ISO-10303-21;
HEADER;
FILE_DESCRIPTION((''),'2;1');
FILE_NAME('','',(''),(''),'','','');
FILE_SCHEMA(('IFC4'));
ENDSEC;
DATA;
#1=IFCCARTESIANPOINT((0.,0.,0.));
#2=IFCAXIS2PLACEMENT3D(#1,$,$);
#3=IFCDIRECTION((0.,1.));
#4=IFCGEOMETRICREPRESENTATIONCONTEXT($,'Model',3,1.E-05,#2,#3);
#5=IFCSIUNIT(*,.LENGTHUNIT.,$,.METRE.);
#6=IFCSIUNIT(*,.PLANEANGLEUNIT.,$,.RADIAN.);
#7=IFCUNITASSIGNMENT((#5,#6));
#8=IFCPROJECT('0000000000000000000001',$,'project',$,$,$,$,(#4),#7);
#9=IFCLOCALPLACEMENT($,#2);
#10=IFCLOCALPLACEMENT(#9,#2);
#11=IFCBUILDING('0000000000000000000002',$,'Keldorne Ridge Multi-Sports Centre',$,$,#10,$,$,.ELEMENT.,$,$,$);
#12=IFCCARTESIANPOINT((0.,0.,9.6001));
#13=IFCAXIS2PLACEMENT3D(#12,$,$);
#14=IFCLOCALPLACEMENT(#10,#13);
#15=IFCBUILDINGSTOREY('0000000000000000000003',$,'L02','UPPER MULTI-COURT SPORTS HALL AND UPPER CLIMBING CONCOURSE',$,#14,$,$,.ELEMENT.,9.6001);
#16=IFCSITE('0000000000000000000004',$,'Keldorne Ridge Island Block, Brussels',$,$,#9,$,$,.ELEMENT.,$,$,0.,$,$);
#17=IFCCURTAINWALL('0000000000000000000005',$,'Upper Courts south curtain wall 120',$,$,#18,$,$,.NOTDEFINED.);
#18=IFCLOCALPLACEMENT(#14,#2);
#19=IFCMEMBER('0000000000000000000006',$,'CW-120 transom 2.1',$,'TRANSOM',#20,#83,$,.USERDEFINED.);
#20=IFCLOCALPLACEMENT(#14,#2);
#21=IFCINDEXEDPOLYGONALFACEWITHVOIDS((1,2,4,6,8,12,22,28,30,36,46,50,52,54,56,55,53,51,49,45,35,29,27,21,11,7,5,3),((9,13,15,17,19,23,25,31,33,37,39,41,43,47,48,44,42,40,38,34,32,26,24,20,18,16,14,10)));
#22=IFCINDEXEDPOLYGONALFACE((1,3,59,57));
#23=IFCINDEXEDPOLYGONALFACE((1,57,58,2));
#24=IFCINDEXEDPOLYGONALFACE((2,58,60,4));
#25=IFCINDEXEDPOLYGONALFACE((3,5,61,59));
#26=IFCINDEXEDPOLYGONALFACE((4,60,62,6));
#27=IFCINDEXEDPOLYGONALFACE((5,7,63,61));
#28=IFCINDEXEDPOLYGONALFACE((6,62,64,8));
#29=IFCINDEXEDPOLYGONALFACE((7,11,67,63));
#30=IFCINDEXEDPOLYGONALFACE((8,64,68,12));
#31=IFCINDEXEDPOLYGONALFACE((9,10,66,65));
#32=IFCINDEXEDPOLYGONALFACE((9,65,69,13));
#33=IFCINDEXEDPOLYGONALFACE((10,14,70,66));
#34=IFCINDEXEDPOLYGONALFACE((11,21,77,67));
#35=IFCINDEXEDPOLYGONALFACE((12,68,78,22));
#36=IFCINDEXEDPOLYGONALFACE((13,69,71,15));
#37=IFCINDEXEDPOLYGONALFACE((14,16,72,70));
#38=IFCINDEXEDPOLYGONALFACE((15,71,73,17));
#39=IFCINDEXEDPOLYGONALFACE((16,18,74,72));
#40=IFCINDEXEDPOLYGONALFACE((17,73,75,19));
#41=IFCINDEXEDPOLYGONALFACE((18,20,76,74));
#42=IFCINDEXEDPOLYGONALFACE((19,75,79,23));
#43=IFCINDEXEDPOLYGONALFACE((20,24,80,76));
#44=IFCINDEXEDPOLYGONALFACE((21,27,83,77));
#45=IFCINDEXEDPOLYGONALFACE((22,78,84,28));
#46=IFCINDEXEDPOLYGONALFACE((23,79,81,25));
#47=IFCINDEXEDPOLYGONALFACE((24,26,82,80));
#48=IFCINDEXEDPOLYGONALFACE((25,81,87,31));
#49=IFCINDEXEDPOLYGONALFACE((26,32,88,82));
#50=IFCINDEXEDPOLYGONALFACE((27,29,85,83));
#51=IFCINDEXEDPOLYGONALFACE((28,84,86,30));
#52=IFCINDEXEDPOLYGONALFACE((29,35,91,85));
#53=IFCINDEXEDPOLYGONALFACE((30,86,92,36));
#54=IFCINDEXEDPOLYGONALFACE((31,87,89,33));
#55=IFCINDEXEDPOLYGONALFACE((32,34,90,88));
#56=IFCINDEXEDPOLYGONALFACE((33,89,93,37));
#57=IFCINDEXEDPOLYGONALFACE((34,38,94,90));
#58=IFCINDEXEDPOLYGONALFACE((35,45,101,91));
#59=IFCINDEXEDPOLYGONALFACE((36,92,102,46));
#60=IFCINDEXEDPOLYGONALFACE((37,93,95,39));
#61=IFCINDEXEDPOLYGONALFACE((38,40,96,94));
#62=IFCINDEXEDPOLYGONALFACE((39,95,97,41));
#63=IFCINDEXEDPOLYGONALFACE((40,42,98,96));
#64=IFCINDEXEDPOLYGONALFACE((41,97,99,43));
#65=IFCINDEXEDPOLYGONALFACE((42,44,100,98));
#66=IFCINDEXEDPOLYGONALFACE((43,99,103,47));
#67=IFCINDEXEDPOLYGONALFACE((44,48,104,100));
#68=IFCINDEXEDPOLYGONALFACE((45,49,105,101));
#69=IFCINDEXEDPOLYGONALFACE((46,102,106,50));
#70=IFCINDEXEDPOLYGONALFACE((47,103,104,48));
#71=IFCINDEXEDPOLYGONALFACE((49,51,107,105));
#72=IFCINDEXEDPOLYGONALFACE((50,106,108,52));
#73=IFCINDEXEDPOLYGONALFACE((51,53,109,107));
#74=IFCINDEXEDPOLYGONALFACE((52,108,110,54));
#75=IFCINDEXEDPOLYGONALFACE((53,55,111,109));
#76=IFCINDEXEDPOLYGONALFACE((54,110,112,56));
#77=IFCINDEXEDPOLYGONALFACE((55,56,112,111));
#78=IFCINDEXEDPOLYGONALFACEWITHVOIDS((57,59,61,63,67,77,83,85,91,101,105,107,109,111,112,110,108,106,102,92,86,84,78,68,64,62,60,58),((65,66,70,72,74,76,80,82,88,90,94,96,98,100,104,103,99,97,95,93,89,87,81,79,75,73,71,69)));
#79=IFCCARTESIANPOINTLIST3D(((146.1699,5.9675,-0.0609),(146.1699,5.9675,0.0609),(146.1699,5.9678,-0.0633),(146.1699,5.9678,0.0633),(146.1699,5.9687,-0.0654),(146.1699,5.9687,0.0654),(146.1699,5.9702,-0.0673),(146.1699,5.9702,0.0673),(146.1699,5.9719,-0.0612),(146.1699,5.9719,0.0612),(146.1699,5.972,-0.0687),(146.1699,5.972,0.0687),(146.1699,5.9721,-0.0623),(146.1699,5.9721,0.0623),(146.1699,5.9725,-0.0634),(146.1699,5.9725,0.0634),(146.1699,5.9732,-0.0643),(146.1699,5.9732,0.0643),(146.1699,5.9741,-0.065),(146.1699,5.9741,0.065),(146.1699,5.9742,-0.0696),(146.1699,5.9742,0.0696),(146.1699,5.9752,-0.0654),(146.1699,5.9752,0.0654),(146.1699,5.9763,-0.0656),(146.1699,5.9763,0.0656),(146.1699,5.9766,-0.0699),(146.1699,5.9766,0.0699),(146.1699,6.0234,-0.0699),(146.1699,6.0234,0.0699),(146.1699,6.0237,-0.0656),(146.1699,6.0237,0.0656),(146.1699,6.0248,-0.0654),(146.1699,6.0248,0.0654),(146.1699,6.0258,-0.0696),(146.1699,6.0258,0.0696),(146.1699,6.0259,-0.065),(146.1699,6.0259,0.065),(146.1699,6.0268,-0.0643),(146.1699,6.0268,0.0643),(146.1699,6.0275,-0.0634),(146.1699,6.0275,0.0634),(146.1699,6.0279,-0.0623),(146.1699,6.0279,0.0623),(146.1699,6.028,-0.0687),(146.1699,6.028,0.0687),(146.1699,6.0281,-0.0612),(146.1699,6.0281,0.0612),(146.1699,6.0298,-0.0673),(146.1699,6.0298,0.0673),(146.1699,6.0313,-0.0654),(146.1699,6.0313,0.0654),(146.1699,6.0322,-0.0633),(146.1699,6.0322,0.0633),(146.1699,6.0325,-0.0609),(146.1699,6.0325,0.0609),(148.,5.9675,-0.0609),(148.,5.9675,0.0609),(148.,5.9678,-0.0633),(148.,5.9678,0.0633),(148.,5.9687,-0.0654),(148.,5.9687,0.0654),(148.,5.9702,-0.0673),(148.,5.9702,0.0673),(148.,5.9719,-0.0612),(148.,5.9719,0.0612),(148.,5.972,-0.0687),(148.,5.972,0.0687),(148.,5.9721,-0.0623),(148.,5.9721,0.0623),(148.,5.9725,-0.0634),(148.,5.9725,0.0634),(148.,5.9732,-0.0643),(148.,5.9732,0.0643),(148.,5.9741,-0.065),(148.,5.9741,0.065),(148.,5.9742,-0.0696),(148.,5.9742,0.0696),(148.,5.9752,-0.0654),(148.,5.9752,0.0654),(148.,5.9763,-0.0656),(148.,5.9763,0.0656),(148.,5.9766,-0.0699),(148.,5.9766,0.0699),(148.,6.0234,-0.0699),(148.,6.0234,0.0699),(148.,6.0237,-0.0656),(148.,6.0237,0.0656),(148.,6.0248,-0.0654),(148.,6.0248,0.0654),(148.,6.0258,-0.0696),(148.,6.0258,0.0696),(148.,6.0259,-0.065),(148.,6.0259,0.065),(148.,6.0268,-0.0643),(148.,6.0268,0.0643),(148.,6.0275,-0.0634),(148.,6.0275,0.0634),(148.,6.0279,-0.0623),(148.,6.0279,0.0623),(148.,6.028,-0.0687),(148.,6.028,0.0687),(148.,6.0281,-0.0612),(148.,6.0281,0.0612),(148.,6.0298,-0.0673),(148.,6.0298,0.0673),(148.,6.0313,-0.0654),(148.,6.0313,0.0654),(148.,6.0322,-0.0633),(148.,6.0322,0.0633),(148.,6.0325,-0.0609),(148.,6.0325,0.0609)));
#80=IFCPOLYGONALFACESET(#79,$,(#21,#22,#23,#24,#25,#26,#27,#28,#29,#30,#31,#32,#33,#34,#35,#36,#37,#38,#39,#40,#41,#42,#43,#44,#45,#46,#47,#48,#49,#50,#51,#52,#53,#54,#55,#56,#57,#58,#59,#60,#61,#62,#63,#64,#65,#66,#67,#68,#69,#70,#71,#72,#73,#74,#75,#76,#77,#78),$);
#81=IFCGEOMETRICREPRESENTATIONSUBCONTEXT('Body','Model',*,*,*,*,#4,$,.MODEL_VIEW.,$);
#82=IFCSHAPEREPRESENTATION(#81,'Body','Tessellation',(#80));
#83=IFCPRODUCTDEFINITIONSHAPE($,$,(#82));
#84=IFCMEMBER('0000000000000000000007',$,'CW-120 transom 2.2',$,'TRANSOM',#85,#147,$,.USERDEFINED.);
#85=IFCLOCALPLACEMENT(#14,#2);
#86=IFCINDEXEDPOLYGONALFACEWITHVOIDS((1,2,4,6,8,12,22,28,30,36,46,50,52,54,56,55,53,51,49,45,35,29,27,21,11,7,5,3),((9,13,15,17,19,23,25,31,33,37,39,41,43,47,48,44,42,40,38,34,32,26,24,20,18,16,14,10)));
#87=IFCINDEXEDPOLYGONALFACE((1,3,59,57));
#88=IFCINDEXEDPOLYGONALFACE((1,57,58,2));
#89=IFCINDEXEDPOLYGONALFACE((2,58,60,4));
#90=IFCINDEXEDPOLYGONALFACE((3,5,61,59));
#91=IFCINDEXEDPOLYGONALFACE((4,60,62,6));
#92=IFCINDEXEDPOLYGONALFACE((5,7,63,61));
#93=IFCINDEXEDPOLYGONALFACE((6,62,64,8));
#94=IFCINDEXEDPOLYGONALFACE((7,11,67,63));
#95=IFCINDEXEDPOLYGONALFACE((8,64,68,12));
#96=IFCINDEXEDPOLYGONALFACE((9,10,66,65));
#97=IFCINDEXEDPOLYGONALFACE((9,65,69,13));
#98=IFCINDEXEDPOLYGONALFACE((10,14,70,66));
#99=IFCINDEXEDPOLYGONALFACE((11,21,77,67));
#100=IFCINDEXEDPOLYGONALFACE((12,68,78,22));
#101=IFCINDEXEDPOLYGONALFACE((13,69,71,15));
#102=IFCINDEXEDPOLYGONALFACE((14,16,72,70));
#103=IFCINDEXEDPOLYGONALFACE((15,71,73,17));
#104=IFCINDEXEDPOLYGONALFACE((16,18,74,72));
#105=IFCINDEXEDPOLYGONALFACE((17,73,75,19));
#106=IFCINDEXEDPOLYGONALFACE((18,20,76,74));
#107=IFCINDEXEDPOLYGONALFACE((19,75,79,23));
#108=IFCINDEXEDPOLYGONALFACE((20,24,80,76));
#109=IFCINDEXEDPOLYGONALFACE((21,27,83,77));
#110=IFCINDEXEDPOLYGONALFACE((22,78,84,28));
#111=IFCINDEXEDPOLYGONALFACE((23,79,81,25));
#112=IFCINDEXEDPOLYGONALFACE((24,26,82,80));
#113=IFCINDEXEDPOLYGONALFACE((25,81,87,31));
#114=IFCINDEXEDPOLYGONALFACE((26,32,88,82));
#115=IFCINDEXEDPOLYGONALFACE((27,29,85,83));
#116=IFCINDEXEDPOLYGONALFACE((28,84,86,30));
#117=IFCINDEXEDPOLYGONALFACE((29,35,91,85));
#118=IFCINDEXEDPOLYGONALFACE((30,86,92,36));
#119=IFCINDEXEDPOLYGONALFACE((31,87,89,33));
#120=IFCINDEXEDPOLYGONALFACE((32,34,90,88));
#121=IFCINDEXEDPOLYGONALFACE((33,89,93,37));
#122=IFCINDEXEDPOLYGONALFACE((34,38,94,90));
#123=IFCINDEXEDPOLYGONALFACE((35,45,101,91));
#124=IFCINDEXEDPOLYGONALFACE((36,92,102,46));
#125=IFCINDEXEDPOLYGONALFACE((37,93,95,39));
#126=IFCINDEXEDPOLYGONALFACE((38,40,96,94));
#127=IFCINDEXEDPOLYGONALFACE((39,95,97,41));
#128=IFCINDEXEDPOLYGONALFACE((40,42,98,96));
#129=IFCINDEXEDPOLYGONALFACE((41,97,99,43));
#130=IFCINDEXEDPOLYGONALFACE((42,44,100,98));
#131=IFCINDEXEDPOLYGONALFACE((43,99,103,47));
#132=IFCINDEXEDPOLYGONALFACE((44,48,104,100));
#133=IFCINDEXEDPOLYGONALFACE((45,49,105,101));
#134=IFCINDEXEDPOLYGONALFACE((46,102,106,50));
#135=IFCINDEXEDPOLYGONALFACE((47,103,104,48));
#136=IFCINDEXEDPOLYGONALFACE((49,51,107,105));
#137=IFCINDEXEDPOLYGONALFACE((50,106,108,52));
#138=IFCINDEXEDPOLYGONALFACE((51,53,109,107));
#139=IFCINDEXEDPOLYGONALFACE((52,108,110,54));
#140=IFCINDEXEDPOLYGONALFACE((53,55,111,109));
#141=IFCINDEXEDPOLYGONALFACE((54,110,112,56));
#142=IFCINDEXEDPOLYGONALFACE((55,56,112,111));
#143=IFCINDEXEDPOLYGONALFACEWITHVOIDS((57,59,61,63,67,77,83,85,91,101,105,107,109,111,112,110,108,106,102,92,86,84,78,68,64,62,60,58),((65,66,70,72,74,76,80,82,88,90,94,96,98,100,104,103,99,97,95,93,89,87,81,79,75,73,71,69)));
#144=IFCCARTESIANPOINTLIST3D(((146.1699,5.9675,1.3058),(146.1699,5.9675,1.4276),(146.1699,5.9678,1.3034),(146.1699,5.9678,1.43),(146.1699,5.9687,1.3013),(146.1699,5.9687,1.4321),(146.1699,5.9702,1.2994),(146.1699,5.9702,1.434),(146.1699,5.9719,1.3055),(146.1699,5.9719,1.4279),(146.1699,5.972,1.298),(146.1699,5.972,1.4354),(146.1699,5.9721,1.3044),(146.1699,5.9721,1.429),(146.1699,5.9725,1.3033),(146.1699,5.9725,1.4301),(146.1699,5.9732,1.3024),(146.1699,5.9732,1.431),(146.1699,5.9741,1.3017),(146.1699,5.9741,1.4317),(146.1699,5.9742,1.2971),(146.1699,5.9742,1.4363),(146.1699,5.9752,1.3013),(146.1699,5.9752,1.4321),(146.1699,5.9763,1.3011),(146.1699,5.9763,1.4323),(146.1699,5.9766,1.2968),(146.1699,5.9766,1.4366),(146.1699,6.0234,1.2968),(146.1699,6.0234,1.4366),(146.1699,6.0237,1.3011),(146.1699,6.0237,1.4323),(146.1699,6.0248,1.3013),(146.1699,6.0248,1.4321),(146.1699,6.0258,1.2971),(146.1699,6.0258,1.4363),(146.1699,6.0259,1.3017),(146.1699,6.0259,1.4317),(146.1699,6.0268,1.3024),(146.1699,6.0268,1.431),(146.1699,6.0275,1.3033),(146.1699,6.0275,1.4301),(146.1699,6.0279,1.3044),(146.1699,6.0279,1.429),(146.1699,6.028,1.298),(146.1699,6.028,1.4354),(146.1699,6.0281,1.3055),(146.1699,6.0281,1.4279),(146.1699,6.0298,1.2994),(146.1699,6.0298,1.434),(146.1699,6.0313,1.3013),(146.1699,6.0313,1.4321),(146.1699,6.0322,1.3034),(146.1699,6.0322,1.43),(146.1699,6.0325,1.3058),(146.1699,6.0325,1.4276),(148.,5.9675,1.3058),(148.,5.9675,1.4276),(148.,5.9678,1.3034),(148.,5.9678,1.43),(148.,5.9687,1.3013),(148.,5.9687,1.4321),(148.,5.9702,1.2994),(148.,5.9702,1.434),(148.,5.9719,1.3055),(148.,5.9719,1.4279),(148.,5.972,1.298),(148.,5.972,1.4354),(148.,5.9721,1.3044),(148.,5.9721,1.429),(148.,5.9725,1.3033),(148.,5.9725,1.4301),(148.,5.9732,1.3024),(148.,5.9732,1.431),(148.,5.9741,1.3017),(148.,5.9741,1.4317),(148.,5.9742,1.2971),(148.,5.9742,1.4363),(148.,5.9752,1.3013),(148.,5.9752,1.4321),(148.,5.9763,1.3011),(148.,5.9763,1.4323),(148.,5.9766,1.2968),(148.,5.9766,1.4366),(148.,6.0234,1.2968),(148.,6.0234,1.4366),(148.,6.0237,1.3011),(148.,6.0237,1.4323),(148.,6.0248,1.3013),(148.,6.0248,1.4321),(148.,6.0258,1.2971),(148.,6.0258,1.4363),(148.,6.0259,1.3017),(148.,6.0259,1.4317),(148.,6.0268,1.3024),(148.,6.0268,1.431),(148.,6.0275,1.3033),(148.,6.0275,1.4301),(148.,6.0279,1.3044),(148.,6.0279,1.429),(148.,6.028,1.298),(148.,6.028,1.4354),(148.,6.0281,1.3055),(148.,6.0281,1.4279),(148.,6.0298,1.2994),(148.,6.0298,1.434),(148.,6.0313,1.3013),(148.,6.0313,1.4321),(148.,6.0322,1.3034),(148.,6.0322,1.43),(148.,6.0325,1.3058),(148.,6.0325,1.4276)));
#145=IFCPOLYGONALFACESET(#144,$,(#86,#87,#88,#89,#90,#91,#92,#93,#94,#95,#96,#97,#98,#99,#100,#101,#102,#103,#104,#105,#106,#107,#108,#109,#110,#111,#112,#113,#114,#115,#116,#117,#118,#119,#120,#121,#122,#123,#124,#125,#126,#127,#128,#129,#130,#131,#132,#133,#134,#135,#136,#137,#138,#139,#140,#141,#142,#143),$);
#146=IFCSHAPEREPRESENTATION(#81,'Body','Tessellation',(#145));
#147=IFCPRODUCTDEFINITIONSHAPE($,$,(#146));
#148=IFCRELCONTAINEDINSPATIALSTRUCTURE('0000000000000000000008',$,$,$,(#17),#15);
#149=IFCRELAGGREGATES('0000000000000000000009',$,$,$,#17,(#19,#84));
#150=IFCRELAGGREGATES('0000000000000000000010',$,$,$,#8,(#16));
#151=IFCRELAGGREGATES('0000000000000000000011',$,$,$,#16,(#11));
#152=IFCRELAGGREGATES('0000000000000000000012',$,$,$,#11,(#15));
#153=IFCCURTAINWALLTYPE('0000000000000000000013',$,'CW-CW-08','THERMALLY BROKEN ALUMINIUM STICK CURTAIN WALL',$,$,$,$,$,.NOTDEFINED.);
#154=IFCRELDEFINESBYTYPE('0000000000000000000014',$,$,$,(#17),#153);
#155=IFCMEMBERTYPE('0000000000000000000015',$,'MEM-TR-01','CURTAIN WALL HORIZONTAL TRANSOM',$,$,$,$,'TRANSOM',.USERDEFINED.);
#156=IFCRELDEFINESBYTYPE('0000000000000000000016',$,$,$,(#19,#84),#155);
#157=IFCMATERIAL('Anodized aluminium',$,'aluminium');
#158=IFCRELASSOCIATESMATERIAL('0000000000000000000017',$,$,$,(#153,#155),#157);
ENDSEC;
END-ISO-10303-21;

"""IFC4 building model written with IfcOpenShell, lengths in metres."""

from ifc_helpers import new_model, si_unit, direction, frame, origin, origin_2d, place, context, subcontext, project, spatial, hollow_rectangle, extrude, material, material_profile, profile_set, type_object, element, aggregate, save


model = new_model("IFC4")

# Units and contexts
model_context = context("Model", 3, precision=1e-05, world=origin(), true_north=direction((0.0, 1.0)))
body_context = subcontext(model_context, "Body", "Model", "MODEL_VIEW")
ifc_project = project(units=[si_unit("LENGTHUNIT", "METRE"), si_unit("PLANEANGLEUNIT", "RADIAN")], contexts=[model_context])

# Site, building, storey
site_placement = place(None, origin())
site = spatial("IfcSite", under=ifc_project, at=site_placement, Name="Keldorne Ridge Island Block, Brussels", CompositionType="ELEMENT", RefElevation=0.0)
building_placement = place(site_placement, origin())
building = spatial("IfcBuilding", under=site, at=building_placement, Name="Keldorne Ridge Multi-Sports Centre", CompositionType="ELEMENT")
storey_placement = place(building_placement, frame((0.0, 0.0, 9.6001)))
storey = spatial("IfcBuildingStorey", under=building, at=storey_placement, Name="L02", Description="UPPER MULTI-COURT SPORTS HALL AND UPPER CLIMBING CONCOURSE", CompositionType="ELEMENT", Elevation=9.6001)

# Shared definitions
ifc_material_1 = material(Name="Anodized aluminium", Category="aluminium")

# Curtain wall
curtain_wall_type_1 = type_object("IfcCurtainWallType", Name="CW-CW-08", Description="THERMALLY BROKEN ALUMINIUM STICK CURTAIN WALL", PredefinedType="NOTDEFINED", material=ifc_material_1)
curtain_wall_1_placement = place(storey_placement, origin())
curtain_wall_1 = element("IfcCurtainWall", 1, at=curtain_wall_1_placement, inside=storey, type_object=curtain_wall_type_1, Name="Upper Courts south curtain wall 120", PredefinedType="NOTDEFINED")

# Members
ifc_material_profile_1 = material_profile(ifc_material_1, hollow_rectangle(XDim=0.0649, YDim=0.1399, WallThickness=0.0044, InnerFilletRadius=0.0044, OuterFilletRadius=0.009, at=origin_2d()), Name="ALU TRANSOM 140x65x4.5")
ifc_profile_set_1 = profile_set([ifc_material_profile_1], Name="Anodized aluminium")
member_type_1 = type_object("IfcMemberType", Name="MEM-TR-01", Description="CURTAIN WALL HORIZONTAL TRANSOM", ElementType="TRANSOM", PredefinedType="USERDEFINED", material=ifc_profile_set_1)
member_1_placement = place(storey_placement, frame((146.1699, 6.0, 0.0), z_axis=(1.0, 0.0, 0.0), x_axis=(0.0, 1.0, 0.0)))
member_1 = element("IfcMember", 2, at=member_1_placement, type_object=member_type_1, Name="CW-120 transom 2.1", ObjectType="TRANSOM", PredefinedType="USERDEFINED", context=body_context, shape_type="SweptSolid", body=[
    extrude(hollow_rectangle(XDim=0.0649, YDim=0.1399, WallThickness=0.0044, InnerFilletRadius=0.0044, OuterFilletRadius=0.009, at=origin_2d()), origin(), (0.0, 0.0, 1.0), 1.8301),
])
member_2_placement = place(storey_placement, frame((146.1699, 6.0, 1.3667), z_axis=(1.0, 0.0, 0.0), x_axis=(0.0, 1.0, 0.0)))
member_2 = element("IfcMember", 3, at=member_2_placement, type_object=member_type_1, Name="CW-120 transom 2.2", ObjectType="TRANSOM", PredefinedType="USERDEFINED", context=body_context, shape_type="SweptSolid", body=[
    extrude(hollow_rectangle(XDim=0.0649, YDim=0.1399, WallThickness=0.0044, InnerFilletRadius=0.0044, OuterFilletRadius=0.009, at=origin_2d()), origin(), (0.0, 0.0, 1.0), 1.8301),
])

aggregate(curtain_wall_1, [member_1, member_2])

save(model, "model.ifc")
